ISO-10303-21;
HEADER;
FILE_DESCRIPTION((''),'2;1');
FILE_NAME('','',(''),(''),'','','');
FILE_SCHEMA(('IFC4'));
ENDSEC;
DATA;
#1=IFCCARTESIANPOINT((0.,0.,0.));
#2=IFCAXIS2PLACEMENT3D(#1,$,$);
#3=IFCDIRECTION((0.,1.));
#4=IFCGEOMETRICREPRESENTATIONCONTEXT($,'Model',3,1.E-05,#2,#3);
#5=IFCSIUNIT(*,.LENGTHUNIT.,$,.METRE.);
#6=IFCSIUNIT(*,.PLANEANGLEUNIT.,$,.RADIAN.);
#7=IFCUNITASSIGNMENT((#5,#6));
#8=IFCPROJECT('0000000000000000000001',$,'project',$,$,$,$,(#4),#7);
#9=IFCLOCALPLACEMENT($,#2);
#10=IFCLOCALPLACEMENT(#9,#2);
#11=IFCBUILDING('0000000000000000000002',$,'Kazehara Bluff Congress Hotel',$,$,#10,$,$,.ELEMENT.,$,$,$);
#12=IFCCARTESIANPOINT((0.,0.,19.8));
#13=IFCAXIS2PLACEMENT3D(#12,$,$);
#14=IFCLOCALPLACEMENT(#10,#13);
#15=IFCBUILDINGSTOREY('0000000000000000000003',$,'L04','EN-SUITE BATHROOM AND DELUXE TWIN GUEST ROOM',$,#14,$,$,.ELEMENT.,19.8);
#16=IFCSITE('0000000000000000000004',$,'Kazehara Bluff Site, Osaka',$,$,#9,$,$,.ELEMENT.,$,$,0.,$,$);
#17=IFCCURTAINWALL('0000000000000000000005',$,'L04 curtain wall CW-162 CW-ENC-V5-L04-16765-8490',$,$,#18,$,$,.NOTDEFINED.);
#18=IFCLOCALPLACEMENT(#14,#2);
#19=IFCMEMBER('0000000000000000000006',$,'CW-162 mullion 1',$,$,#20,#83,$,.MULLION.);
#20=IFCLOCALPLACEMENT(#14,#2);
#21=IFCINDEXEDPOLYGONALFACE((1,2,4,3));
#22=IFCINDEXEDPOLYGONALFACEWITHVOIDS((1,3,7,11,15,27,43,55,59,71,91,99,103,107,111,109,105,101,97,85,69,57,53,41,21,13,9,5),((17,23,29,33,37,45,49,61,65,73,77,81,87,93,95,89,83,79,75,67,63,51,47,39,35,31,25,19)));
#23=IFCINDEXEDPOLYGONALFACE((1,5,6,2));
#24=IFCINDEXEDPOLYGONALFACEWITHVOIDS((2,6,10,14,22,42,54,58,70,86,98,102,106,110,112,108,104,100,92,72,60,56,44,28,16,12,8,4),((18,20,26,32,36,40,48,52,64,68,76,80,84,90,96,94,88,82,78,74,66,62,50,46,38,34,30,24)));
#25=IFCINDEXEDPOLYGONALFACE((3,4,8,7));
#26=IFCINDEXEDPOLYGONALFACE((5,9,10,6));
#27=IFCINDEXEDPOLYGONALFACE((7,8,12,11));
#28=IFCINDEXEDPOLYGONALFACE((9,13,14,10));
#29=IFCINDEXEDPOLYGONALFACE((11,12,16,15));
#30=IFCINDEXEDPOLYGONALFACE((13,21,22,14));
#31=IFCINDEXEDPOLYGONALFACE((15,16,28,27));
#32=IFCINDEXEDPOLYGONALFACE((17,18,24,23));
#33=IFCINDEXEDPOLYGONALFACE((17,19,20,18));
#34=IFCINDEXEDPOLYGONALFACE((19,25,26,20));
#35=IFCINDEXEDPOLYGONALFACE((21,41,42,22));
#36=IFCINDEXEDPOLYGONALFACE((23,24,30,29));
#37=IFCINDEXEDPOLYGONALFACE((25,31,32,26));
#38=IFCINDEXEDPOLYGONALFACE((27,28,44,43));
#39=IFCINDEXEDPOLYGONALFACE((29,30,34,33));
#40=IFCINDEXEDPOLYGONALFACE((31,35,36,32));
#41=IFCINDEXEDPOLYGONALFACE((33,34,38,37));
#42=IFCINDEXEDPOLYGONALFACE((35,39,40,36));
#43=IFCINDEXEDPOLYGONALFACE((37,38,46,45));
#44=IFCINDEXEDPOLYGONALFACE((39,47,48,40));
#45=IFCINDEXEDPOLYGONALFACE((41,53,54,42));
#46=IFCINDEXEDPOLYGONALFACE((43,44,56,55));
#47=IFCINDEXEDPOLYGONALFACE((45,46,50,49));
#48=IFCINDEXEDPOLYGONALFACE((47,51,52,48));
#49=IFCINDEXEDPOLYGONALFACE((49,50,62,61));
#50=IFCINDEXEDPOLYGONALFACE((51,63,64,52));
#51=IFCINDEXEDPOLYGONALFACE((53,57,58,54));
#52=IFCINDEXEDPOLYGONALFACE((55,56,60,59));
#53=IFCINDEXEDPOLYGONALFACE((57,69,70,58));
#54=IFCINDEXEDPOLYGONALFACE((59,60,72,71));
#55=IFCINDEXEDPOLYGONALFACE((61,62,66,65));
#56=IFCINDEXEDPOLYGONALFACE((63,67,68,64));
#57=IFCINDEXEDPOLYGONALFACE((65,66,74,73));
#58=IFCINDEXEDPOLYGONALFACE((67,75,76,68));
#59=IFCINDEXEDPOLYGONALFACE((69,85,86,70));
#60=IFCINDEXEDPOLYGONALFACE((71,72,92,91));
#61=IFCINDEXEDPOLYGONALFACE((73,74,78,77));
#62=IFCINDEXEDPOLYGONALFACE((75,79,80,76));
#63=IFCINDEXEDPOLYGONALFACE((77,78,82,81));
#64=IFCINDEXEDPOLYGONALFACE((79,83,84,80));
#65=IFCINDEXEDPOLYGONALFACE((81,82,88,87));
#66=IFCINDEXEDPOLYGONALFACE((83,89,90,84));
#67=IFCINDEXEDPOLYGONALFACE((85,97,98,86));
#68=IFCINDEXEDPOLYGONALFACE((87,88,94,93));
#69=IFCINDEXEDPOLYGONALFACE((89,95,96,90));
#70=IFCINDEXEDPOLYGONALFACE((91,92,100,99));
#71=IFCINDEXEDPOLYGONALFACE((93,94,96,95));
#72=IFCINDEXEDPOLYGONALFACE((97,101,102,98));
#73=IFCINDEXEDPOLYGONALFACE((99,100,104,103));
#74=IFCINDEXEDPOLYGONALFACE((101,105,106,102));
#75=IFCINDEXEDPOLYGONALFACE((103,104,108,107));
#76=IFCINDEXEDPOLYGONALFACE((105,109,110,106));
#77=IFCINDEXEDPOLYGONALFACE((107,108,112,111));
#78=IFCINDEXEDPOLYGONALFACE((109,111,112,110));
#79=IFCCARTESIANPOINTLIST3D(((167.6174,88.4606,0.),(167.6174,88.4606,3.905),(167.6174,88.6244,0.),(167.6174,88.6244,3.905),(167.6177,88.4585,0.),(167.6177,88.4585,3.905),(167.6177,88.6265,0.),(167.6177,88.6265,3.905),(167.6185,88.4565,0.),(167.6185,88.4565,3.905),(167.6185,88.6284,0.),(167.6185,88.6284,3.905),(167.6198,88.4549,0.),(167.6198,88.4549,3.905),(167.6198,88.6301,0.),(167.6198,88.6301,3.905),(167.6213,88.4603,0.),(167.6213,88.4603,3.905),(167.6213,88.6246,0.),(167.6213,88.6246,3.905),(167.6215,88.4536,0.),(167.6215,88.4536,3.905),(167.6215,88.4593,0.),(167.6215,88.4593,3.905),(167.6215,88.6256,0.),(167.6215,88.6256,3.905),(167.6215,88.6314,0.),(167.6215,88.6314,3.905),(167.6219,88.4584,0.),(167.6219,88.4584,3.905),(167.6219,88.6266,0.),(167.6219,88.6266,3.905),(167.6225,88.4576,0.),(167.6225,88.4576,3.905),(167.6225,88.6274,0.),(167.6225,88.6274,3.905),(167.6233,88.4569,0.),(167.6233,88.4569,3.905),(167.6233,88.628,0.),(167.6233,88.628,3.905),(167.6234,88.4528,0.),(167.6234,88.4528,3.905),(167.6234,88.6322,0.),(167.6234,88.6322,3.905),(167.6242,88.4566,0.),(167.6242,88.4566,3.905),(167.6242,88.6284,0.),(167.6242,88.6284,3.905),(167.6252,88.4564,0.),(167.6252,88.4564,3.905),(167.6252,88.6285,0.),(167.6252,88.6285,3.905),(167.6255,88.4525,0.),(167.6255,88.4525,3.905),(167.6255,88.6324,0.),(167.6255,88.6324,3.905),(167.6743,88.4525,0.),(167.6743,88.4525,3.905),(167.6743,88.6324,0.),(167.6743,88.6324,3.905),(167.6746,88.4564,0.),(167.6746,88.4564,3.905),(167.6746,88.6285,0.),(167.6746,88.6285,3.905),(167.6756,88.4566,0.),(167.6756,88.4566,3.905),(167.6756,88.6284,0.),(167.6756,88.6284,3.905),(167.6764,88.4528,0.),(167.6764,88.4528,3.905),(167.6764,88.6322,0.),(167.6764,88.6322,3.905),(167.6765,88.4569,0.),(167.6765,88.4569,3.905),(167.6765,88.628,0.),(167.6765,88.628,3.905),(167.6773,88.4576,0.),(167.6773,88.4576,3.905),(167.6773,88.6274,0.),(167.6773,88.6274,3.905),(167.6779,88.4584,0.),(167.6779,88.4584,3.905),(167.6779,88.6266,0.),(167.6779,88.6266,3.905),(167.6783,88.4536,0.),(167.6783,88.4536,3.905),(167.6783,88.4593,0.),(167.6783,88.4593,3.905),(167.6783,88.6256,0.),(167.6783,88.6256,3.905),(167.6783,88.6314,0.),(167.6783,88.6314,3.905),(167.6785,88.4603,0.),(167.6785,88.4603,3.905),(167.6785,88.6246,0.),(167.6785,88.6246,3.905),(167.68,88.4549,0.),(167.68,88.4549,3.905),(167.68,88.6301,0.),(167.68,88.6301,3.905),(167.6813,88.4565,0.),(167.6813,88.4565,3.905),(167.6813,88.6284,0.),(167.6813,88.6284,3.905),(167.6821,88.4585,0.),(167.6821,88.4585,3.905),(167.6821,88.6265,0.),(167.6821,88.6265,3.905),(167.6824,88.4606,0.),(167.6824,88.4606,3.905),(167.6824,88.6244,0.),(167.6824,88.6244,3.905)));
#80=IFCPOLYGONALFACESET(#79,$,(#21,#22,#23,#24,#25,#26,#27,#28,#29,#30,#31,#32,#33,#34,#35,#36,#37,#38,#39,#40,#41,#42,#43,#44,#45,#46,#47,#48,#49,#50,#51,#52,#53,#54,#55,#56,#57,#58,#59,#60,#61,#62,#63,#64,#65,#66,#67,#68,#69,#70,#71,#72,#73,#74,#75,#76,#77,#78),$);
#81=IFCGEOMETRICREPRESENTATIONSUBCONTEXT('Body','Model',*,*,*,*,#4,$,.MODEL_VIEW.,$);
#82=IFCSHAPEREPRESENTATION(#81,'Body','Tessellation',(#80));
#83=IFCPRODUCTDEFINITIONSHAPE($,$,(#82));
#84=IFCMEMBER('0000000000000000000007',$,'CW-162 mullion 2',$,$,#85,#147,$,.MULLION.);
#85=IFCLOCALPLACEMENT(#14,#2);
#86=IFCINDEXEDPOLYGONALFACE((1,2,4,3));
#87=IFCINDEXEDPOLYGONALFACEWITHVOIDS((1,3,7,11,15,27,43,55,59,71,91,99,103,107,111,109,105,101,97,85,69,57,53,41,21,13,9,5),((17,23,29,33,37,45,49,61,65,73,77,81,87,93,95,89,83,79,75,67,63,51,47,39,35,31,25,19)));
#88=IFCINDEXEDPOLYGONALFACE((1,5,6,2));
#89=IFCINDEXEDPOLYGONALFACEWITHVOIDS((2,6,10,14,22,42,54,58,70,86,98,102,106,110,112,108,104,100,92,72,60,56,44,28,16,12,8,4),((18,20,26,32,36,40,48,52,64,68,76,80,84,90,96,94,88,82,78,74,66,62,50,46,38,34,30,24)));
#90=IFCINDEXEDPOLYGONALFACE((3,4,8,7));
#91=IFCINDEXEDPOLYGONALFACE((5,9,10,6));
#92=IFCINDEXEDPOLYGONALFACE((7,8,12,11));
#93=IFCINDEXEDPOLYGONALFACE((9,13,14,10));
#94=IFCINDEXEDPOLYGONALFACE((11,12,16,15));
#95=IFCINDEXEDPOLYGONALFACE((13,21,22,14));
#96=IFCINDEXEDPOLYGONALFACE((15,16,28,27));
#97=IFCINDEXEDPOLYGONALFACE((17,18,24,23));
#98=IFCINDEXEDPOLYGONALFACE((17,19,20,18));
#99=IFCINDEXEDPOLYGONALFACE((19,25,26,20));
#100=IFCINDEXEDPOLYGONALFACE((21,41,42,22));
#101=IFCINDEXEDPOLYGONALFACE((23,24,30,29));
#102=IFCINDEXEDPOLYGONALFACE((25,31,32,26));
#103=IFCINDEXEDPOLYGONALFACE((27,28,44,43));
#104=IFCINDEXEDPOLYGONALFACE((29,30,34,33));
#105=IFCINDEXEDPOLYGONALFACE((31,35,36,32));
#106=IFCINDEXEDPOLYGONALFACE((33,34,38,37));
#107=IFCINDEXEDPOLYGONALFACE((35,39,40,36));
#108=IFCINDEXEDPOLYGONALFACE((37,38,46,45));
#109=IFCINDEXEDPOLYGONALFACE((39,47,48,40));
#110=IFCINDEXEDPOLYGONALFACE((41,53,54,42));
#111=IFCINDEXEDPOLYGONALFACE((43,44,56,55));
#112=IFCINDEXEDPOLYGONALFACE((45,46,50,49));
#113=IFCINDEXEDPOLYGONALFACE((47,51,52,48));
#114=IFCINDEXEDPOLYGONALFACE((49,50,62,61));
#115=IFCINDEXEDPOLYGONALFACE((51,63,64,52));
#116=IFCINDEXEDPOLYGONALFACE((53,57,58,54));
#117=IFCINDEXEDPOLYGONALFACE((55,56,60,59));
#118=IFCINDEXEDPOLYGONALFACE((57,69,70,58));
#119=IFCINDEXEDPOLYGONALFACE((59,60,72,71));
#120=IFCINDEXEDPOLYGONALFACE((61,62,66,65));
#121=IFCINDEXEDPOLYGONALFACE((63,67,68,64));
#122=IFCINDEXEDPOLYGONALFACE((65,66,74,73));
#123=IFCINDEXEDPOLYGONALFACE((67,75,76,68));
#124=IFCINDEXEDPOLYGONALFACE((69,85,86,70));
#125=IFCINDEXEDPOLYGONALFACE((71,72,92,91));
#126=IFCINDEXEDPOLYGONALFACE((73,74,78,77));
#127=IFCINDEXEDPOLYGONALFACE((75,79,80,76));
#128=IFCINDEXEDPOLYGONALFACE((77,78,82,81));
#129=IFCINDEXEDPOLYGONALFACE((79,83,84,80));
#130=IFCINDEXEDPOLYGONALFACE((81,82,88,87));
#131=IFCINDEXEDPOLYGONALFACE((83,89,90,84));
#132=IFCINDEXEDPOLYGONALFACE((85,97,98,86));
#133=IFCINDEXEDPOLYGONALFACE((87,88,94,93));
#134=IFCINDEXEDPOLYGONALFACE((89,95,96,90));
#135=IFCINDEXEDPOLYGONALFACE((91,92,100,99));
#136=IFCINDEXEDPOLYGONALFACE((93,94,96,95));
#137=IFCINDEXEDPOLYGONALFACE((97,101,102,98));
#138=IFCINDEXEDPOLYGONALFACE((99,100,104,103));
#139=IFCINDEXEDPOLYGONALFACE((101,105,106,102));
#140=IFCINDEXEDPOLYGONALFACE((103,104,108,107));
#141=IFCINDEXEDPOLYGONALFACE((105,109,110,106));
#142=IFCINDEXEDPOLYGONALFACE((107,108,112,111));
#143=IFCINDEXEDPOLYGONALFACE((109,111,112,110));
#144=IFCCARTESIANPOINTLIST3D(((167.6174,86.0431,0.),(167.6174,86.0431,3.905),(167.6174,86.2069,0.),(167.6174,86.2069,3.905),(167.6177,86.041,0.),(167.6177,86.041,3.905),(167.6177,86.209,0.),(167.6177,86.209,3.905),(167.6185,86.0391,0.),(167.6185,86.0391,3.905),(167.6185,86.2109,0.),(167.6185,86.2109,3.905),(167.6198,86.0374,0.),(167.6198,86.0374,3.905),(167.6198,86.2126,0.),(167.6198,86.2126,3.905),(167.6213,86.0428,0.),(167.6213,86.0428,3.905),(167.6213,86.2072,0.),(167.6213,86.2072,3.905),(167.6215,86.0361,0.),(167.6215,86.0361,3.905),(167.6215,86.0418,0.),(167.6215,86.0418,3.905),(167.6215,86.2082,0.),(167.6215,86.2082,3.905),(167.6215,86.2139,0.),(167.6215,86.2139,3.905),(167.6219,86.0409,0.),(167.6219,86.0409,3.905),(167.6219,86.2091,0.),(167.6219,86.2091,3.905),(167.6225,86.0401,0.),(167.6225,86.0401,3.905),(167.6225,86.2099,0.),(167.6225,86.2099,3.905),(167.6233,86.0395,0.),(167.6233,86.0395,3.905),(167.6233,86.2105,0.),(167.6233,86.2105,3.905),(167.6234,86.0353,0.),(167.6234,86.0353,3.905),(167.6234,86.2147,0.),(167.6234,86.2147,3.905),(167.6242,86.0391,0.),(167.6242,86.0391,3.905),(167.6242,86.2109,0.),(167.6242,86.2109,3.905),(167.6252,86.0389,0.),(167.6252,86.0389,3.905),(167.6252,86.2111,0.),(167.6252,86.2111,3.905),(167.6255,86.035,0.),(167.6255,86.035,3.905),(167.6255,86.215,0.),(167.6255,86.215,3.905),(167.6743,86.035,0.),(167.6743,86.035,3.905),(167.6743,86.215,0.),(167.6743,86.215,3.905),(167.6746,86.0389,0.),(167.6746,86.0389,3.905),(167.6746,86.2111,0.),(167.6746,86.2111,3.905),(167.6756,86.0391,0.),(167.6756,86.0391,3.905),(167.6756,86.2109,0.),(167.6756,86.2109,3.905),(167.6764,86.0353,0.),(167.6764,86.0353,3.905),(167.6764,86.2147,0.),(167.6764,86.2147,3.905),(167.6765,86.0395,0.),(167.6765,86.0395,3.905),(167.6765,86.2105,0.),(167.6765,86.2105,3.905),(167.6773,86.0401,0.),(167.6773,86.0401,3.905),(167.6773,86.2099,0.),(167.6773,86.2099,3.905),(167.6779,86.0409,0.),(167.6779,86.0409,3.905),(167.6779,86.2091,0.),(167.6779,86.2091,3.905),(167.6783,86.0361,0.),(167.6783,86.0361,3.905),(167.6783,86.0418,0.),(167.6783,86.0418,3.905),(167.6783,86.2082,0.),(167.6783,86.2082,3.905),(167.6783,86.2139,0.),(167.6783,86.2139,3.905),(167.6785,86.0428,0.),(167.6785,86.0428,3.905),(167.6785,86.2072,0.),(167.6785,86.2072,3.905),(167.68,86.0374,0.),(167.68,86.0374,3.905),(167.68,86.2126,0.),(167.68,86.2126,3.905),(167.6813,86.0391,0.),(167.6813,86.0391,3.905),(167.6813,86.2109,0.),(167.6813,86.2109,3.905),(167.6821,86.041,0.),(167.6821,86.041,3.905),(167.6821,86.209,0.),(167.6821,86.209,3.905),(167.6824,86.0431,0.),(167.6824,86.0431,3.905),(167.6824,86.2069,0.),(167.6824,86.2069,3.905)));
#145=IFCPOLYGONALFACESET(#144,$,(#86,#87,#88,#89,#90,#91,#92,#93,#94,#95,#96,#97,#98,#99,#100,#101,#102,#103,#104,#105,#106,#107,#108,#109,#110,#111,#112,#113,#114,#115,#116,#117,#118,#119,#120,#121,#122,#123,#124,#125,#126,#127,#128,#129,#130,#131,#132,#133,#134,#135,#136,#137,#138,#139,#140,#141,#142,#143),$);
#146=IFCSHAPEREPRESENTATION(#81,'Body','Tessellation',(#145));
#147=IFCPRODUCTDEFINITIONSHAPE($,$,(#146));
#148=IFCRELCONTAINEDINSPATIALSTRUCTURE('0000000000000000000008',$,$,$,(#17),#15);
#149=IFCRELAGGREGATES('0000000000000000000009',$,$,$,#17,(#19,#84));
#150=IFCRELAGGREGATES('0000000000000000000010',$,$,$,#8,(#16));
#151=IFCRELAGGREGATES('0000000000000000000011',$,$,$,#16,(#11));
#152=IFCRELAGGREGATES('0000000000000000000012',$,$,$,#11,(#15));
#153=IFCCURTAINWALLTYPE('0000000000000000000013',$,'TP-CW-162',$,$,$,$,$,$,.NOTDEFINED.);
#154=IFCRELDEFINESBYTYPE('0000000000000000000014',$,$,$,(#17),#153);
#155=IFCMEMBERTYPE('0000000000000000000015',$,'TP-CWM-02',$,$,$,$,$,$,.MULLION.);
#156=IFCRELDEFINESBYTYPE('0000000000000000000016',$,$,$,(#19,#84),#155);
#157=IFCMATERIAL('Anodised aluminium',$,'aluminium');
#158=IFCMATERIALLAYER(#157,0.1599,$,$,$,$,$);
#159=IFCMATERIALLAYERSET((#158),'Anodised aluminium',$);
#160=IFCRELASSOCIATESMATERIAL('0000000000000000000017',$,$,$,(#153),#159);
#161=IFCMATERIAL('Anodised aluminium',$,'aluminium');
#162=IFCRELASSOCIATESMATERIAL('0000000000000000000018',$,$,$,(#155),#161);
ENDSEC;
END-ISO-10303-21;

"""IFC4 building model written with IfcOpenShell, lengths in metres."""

from ifc_helpers import new_model, si_unit, direction, frame, origin, origin_2d, place, context, subcontext, project, spatial, hollow_rectangle, extrude, material, layer, layer_set, material_profile, profile_set, type_object, element, aggregate, save


model = new_model("IFC4")

# Units and contexts
model_context = context("Model", 3, precision=1e-05, world=origin(), true_north=direction((0.0, 1.0)))
body_context = subcontext(model_context, "Body", "Model", "MODEL_VIEW")
ifc_project = project(units=[si_unit("LENGTHUNIT", "METRE"), si_unit("PLANEANGLEUNIT", "RADIAN")], contexts=[model_context])

# Site, building, storey
site_placement = place(None, origin())
site = spatial("IfcSite", under=ifc_project, at=site_placement, Name="Kazehara Bluff Site, Osaka", CompositionType="ELEMENT", RefElevation=0.0)
building_placement = place(site_placement, origin())
building = spatial("IfcBuilding", under=site, at=building_placement, Name="Kazehara Bluff Congress Hotel", CompositionType="ELEMENT")
storey_placement = place(building_placement, frame((0.0, 0.0, 19.8)))
storey = spatial("IfcBuildingStorey", under=building, at=storey_placement, Name="L04", Description="EN-SUITE BATHROOM AND DELUXE TWIN GUEST ROOM", CompositionType="ELEMENT", Elevation=19.8)

# Curtain wall, members
ifc_material_1 = material(Name="Anodised aluminium", Category="aluminium")
ifc_layer_1 = layer(ifc_material_1, 0.1599)
ifc_layer_set_1 = layer_set([ifc_layer_1], Name="Anodised aluminium")
curtain_wall_type_1 = type_object("IfcCurtainWallType", Name="TP-CW-162", PredefinedType="NOTDEFINED", material=ifc_layer_set_1)
curtain_wall_1_placement = place(storey_placement, origin())
curtain_wall_1 = element("IfcCurtainWall", 1, at=curtain_wall_1_placement, inside=storey, type_object=curtain_wall_type_1, Name="L04 curtain wall CW-162 CW-ENC-V5-L04-16765-8490", PredefinedType="NOTDEFINED")
ifc_material_2 = material(Name="Anodised aluminium", Category="aluminium")
ifc_material_profile_1 = material_profile(ifc_material_2, hollow_rectangle(XDim=0.0649, YDim=0.1799, WallThickness=0.0039, InnerFilletRadius=0.0039, OuterFilletRadius=0.0081, at=origin_2d()))
ifc_profile_set_1 = profile_set([ifc_material_profile_1], Name="Anodised aluminium")
member_type_1 = type_object("IfcMemberType", Name="TP-CWM-02", PredefinedType="MULLION", material=ifc_profile_set_1)
member_1_placement = place(storey_placement, frame((167.6499, 88.5425, 0.0), z_axis=(0.0, 0.0, 1.0), x_axis=(1.0, 0.0, 0.0)))
member_1 = element("IfcMember", 2, at=member_1_placement, type_object=member_type_1, Name="CW-162 mullion 1", PredefinedType="MULLION", context=body_context, shape_type="SweptSolid", body=[
    extrude(hollow_rectangle(XDim=0.0649, YDim=0.1799, WallThickness=0.0039, InnerFilletRadius=0.0039, OuterFilletRadius=0.0081, at=origin_2d()), origin(), (0.0, 0.0, 1.0), 3.905),
])
member_2_placement = place(storey_placement, frame((167.6499, 86.125, 0.0), z_axis=(0.0, 0.0, 1.0), x_axis=(1.0, 0.0, 0.0)))
member_2 = element("IfcMember", 3, at=member_2_placement, type_object=member_type_1, Name="CW-162 mullion 2", PredefinedType="MULLION", context=body_context, shape_type="SweptSolid", body=[
    extrude(hollow_rectangle(XDim=0.0649, YDim=0.1799, WallThickness=0.0039, InnerFilletRadius=0.0039, OuterFilletRadius=0.0081, at=origin_2d()), origin(), (0.0, 0.0, 1.0), 3.905),
])

aggregate(curtain_wall_1, [member_1, member_2])

save(model, "model.ifc")
